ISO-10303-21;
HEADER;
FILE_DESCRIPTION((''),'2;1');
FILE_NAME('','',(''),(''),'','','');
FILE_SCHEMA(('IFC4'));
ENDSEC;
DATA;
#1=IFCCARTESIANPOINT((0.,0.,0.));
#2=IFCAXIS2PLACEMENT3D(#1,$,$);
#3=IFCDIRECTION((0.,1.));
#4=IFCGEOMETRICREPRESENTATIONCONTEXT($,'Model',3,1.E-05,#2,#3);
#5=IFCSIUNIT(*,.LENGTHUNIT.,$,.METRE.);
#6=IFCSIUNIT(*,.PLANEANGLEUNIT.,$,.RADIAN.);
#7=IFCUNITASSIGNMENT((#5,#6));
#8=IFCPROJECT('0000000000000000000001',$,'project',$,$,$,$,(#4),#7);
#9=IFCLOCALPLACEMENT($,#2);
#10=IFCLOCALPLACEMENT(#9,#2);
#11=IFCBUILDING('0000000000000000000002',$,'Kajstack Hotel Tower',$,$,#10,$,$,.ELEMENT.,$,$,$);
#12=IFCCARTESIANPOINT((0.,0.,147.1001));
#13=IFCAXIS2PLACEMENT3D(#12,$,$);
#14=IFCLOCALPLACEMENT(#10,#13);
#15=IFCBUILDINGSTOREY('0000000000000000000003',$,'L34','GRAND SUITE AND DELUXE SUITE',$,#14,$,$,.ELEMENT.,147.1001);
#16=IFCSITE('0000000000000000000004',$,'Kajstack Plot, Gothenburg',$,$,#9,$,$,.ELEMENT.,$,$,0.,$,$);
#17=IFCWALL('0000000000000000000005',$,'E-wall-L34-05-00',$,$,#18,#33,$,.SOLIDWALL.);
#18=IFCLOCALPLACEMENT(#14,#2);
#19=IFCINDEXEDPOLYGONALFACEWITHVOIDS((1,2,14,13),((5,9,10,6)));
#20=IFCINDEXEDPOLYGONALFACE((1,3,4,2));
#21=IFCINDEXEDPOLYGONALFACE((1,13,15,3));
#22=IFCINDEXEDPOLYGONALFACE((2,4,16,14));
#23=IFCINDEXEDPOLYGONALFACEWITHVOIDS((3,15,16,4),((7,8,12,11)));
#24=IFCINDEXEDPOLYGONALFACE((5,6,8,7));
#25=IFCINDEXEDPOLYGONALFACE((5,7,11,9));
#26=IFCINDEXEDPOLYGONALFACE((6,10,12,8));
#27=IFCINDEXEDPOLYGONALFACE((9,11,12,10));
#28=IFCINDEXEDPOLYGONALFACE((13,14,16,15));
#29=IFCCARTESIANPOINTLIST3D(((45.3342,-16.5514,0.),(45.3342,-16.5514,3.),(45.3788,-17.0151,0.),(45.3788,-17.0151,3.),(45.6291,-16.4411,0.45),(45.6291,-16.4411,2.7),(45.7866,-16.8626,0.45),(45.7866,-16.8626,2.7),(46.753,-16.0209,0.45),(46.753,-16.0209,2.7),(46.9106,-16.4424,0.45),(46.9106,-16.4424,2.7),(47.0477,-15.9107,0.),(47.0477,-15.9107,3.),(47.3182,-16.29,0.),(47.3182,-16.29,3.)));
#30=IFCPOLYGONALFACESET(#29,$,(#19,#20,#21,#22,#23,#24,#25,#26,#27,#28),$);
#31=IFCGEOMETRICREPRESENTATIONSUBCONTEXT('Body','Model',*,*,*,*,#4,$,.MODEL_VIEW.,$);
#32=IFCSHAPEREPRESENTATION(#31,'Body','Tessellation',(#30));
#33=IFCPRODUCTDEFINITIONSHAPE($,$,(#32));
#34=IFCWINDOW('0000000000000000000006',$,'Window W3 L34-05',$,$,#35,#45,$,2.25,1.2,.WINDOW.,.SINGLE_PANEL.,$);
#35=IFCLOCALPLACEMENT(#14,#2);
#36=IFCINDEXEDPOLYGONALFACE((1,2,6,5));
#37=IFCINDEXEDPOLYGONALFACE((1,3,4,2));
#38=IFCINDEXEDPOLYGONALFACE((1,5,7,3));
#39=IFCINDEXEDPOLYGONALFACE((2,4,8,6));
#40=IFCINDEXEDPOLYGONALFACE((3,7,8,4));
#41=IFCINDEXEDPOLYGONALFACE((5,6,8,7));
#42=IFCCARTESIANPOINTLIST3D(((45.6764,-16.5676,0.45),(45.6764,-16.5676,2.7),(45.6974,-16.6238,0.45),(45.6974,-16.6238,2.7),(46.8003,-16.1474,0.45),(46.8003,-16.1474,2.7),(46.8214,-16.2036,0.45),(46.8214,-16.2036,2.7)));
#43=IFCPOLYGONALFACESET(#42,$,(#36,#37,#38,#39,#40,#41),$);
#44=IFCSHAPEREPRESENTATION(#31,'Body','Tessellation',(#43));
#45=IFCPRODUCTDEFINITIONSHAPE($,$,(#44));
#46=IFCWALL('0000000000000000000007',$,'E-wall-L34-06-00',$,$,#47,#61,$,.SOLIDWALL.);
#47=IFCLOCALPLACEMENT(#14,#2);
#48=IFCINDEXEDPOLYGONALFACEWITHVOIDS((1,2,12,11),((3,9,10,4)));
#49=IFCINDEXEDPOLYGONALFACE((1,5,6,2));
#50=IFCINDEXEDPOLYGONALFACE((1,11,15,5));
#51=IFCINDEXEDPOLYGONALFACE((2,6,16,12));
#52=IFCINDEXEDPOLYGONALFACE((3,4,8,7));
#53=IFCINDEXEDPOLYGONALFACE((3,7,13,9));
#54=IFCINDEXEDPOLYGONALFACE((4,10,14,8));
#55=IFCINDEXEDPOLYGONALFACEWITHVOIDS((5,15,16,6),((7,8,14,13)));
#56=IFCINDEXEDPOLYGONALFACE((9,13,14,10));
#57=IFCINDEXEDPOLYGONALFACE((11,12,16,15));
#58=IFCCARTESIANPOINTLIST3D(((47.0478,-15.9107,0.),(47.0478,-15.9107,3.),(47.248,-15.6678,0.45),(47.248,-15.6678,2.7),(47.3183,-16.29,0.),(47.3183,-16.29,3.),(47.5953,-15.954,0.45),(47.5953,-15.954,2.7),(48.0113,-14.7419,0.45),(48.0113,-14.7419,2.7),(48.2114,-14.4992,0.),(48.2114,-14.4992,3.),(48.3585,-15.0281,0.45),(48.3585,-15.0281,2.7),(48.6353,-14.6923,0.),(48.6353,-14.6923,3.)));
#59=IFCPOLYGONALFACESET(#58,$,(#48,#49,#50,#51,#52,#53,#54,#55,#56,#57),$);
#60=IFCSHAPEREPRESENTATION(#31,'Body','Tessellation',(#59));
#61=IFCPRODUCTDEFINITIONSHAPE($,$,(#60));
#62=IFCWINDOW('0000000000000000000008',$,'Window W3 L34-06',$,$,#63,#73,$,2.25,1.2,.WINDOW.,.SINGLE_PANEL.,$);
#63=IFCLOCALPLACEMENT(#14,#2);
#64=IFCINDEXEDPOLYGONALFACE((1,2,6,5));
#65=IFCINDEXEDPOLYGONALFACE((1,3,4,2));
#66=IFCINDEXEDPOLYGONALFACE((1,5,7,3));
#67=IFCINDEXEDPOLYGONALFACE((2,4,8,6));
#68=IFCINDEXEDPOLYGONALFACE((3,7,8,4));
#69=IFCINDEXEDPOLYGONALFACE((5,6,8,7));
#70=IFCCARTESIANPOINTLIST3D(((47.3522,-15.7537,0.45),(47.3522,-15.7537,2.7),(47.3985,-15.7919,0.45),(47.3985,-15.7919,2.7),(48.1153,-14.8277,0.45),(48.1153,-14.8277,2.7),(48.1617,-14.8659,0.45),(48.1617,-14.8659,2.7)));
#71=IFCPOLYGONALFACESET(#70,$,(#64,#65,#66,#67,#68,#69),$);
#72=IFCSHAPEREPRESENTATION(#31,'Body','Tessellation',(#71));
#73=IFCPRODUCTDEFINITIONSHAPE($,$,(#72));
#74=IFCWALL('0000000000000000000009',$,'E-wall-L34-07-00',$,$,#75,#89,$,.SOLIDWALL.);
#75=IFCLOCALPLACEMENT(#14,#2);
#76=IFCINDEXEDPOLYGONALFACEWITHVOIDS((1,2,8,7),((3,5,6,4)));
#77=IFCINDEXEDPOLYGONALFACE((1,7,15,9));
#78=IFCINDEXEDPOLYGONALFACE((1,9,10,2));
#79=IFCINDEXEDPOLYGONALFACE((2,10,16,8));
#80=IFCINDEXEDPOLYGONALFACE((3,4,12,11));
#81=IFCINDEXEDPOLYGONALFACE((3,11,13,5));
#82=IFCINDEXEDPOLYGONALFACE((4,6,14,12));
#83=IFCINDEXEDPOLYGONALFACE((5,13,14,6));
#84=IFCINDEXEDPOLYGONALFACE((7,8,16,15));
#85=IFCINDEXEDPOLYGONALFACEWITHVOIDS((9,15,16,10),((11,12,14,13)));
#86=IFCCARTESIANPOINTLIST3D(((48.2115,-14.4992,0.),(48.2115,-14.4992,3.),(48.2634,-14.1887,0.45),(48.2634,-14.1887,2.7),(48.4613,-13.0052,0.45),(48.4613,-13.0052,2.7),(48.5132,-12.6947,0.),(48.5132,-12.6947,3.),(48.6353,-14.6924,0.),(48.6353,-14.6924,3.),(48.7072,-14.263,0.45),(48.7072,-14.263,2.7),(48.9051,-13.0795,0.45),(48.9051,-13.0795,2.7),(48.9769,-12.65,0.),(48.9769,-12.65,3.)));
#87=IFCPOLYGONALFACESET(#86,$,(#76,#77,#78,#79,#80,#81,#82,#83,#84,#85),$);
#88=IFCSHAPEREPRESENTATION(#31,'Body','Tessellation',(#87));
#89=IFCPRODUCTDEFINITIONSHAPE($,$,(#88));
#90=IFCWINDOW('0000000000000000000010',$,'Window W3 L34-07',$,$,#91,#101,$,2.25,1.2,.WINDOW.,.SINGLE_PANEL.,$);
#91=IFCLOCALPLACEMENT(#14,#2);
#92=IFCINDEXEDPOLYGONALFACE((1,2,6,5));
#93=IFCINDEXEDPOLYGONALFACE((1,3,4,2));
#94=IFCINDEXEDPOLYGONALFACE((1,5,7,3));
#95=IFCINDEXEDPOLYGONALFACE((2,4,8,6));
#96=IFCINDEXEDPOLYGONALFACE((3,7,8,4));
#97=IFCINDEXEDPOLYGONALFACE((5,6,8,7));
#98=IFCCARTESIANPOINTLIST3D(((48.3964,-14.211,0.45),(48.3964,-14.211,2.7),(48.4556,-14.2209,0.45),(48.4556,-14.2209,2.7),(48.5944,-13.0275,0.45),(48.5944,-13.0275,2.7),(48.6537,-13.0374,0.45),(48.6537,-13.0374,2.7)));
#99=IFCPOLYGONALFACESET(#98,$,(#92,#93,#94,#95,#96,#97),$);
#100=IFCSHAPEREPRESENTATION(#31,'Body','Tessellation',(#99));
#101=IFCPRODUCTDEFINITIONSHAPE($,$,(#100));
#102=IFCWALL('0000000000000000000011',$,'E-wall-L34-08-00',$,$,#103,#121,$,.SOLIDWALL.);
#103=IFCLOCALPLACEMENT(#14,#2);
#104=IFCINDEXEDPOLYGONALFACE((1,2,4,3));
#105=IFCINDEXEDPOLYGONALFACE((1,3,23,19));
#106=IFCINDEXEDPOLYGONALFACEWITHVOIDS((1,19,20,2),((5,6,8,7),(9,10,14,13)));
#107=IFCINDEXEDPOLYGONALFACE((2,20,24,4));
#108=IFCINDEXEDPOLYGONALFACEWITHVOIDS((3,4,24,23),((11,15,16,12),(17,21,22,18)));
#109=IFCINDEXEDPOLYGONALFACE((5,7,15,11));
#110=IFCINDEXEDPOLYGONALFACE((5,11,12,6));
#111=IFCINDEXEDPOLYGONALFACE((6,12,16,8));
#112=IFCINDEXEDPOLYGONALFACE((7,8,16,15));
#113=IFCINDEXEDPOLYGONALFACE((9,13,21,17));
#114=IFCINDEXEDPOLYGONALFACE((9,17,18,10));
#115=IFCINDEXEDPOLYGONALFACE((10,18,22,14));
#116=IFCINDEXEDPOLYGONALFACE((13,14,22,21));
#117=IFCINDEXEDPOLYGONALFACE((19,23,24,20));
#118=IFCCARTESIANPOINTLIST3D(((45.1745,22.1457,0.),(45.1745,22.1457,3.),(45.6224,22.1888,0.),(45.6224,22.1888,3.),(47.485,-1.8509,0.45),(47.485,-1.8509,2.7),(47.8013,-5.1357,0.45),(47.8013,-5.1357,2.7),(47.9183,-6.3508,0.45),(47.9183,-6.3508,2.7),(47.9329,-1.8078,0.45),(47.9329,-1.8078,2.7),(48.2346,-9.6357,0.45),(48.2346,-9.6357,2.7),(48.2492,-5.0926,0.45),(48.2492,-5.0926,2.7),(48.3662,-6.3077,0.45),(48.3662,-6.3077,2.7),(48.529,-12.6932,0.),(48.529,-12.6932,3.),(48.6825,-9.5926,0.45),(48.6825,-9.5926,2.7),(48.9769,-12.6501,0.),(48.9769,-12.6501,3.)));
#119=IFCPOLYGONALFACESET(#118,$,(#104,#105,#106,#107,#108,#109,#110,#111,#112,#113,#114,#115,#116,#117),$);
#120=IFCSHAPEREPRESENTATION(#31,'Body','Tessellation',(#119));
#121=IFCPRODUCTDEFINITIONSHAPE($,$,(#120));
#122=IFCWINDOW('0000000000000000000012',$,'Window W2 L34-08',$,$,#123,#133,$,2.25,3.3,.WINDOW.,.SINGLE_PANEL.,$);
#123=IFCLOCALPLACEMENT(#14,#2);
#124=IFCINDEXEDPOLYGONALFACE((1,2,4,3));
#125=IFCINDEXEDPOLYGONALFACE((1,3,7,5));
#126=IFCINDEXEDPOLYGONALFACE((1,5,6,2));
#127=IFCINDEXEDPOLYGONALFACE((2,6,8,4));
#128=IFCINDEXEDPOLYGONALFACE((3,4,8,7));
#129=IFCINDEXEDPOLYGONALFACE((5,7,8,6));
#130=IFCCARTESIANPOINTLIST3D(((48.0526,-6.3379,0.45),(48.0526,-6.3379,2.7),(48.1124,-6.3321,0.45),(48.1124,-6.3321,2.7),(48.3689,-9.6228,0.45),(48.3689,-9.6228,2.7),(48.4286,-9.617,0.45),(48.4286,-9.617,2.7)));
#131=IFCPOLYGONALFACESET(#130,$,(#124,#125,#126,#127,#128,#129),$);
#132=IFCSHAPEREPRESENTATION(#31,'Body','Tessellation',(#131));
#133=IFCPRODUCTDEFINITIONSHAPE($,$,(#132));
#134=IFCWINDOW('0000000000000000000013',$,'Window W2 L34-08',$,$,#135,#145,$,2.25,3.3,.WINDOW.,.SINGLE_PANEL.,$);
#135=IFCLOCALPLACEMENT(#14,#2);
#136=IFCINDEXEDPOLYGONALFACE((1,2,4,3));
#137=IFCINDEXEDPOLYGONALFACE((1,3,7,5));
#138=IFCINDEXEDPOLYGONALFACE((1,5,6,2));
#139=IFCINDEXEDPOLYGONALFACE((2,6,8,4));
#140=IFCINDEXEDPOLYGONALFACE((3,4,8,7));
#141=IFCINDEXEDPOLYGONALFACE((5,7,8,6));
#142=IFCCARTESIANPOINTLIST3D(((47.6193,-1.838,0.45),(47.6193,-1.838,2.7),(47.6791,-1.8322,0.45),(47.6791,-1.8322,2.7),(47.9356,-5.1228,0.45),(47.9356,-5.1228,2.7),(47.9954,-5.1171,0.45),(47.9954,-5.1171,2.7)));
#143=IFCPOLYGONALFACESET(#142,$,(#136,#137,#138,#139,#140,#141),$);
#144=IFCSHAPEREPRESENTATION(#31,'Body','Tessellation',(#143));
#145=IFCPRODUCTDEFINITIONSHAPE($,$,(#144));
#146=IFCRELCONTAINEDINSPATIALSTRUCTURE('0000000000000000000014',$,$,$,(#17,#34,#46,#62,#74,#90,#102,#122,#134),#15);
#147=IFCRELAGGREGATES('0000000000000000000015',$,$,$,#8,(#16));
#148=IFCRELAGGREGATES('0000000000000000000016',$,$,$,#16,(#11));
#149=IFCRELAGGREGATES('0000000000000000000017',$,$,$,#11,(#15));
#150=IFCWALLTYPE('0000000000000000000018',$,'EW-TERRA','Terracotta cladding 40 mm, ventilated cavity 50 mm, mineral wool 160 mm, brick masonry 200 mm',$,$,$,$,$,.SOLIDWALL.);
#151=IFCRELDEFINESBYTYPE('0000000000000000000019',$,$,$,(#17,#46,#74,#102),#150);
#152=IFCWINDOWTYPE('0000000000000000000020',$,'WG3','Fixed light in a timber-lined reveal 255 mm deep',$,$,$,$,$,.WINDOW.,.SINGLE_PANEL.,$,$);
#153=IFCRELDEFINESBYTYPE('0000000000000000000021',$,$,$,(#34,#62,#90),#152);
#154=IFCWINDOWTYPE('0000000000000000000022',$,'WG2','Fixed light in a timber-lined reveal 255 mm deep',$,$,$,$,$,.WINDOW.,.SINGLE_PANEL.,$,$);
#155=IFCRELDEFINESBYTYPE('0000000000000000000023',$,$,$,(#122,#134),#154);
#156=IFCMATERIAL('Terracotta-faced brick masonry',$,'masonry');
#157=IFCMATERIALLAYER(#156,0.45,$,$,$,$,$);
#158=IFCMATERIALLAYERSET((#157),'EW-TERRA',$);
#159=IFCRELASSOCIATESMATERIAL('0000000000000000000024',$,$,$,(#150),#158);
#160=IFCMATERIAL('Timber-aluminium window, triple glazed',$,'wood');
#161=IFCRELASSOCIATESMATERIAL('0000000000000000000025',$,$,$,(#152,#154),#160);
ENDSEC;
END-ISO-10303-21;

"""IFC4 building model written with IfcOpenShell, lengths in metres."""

from ifc_helpers import new_model, si_unit, direction, frame, frame_2d, origin, place, context, subcontext, project, spatial, polyline, rectangle, outline, extrude, material, layer, layer_set, type_object, element, fill, save


model = new_model("IFC4")

# Units and contexts
model_context = context("Model", 3, precision=1e-05, world=origin(), true_north=direction((0.0, 1.0)))
body_context = subcontext(model_context, "Body", "Model", "MODEL_VIEW")
ifc_project = project(units=[si_unit("LENGTHUNIT", "METRE"), si_unit("PLANEANGLEUNIT", "RADIAN")], contexts=[model_context])

# Site, building, storey
site_placement = place(None, origin())
site = spatial("IfcSite", under=ifc_project, at=site_placement, Name="Kajstack Plot, Gothenburg", CompositionType="ELEMENT", RefElevation=0.0)
building_placement = place(site_placement, origin())
building = spatial("IfcBuilding", under=site, at=building_placement, Name="Kajstack Hotel Tower", CompositionType="ELEMENT")
storey_placement = place(building_placement, frame((0.0, 0.0, 147.1001)))
storey = spatial("IfcBuildingStorey", under=building, at=storey_placement, Name="L34", Description="GRAND SUITE AND DELUXE SUITE", CompositionType="ELEMENT", Elevation=147.1001)

# Walls, openings, windows
ifc_material_1 = material(Name="Terracotta-faced brick masonry", Category="masonry")
ifc_layer_1 = layer(ifc_material_1, 0.45)
ifc_layer_set_1 = layer_set([ifc_layer_1], Name="EW-TERRA")
wall_type_1 = type_object("IfcWallType", Name="EW-TERRA", Description="Terracotta cladding 40 mm, ventilated cavity 50 mm, mineral wool 160 mm, brick masonry 200 mm", PredefinedType="SOLIDWALL", material=ifc_layer_set_1)
wall_1_placement = place(storey_placement, frame((45.3, -16.8044, 0.0), z_axis=(0.0, 0.0, 1.0), x_axis=(0.936678, 0.350193, 0.0)))
wall_1 = element("IfcWall", 1, at=wall_1_placement, inside=storey, type_object=wall_type_1, Name="E-wall-L34-05-00", PredefinedType="SOLIDWALL", context=body_context, shape_type="SweptSolid", body=[
    extrude(outline(polyline([(0.0, -0.2249), (2.0706, -0.2249), (1.95, 0.2251), (0.1206, 0.2251), (0.0, -0.2249)])), origin(), (0.0, 0.0, 1.0), 3.0),
])
opening_1_placement = place(wall_1_placement, frame((0.4353, 0.0, 0.45)))
opening_1 = element("IfcOpeningElement", 2, at=opening_1_placement, cuts=wall_1, PredefinedType="OPENING", context=body_context, shape_type="SweptSolid", body=[
    extrude(rectangle(XDim=1.2, YDim=2.25, at=frame_2d((0.6001, 1.125))), frame((0.0, 0.2349, 0.0), z_axis=(0.0, -1.0, 0.0), x_axis=(1.0, 0.0, 0.0)), (0.0, 0.0, 1.0), 0.47),
])
ifc_material_2 = material(Name="Timber-aluminium window, triple glazed", Category="wood")
window_type_1 = type_object("IfcWindowType", Name="WG3", Description="Fixed light in a timber-lined reveal 255 mm deep", PartitioningType="SINGLE_PANEL", PredefinedType="WINDOW", material=ifc_material_2)
window_1_placement = place(opening_1_placement, origin())
window_1 = element("IfcWindow", 3, at=window_1_placement, inside=storey, type_object=window_type_1, Name="Window W3 L34-05", OverallHeight=2.25, OverallWidth=1.2, PartitioningType="SINGLE_PANEL", PredefinedType="WINDOW", context=body_context, shape_type="SweptSolid", body=[
    extrude(rectangle(XDim=1.2, YDim=2.25, at=frame_2d((0.6001, 1.125))), frame((0.0, 0.0901, 0.0), z_axis=(0.0, -1.0, 0.0), x_axis=(1.0, 0.0, 0.0)), (0.0, 0.0, 1.0), 0.0601),
])
fill(opening_1, window_1)
wall_2_placement = place(storey_placement, frame((47.1448, -16.147, 0.0), z_axis=(0.0, 0.0, 1.0), x_axis=(0.635988, 0.771699, 0.0)))
wall_2 = element("IfcWall", 4, at=wall_2_placement, inside=storey, type_object=wall_type_1, Name="E-wall-L34-06-00", PredefinedType="SOLIDWALL", context=body_context, shape_type="SweptSolid", body=[
    extrude(outline(polyline([(0.0, -0.2249), (2.0706, -0.2251), (1.95, 0.2249), (0.1206, 0.2251), (0.0, -0.2249)])), origin(), (0.0, 0.0, 1.0), 3.0),
])
opening_2_placement = place(wall_2_placement, frame((0.4353, 0.0, 0.45)))
opening_2 = element("IfcOpeningElement", 5, at=opening_2_placement, cuts=wall_2, PredefinedType="OPENING", context=body_context, shape_type="SweptSolid", body=[
    extrude(rectangle(XDim=1.2, YDim=2.25, at=frame_2d((0.6001, 1.125))), frame((0.0, 0.2349, 0.0), z_axis=(0.0, -1.0, 0.0), x_axis=(1.0, 0.0, 0.0)), (0.0, 0.0, 1.0), 0.47),
])
window_2_placement = place(opening_2_placement, origin())
window_2 = element("IfcWindow", 6, at=window_2_placement, inside=storey, type_object=window_type_1, Name="Window W3 L34-06", OverallHeight=2.25, OverallWidth=1.2, PartitioningType="SINGLE_PANEL", PredefinedType="WINDOW", context=body_context, shape_type="SweptSolid", body=[
    extrude(rectangle(XDim=1.2, YDim=2.25, at=frame_2d((0.6001, 1.125))), frame((0.0, 0.0901, 0.0), z_axis=(0.0, -1.0, 0.0), x_axis=(1.0, 0.0, 0.0)), (0.0, 0.0, 1.0), 0.0601),
])
fill(opening_2, window_2)
wall_3_placement = place(storey_placement, frame((48.4133, -14.6553, 0.0), z_axis=(0.0, 0.0, 1.0), x_axis=(0.165068, 0.986282, 0.0)))
wall_3 = element("IfcWall", 7, at=wall_3_placement, inside=storey, type_object=wall_type_1, Name="E-wall-L34-07-00", PredefinedType="SOLIDWALL", context=body_context, shape_type="SweptSolid", body=[
    extrude(outline(polyline([(0.0, -0.2251), (2.0708, -0.2249), (1.9502, 0.2251), (0.1206, 0.2249), (0.0, -0.2251)])), origin(), (0.0, 0.0, 1.0), 3.0),
])
opening_3_placement = place(wall_3_placement, frame((0.4353, 0.0, 0.45)))
opening_3 = element("IfcOpeningElement", 8, at=opening_3_placement, cuts=wall_3, PredefinedType="OPENING", context=body_context, shape_type="SweptSolid", body=[
    extrude(rectangle(XDim=1.2, YDim=2.25, at=frame_2d((0.6001, 1.125))), frame((0.0, 0.2349, 0.0), z_axis=(0.0, -1.0, 0.0), x_axis=(1.0, 0.0, 0.0)), (0.0, 0.0, 1.0), 0.47),
])
window_3_placement = place(opening_3_placement, origin())
window_3 = element("IfcWindow", 9, at=window_3_placement, inside=storey, type_object=window_type_1, Name="Window W3 L34-07", OverallHeight=2.25, OverallWidth=1.2, PartitioningType="SINGLE_PANEL", PredefinedType="WINDOW", context=body_context, shape_type="SweptSolid", body=[
    extrude(rectangle(XDim=1.2, YDim=2.25, at=frame_2d((0.6001, 1.125))), frame((0.0, 0.0901, 0.0), z_axis=(0.0, -1.0, 0.0), x_axis=(1.0, 0.0, 0.0)), (0.0, 0.0, 1.0), 0.0601),
])
fill(opening_3, window_3)

# Wall, openings, windows
wall_4_placement = place(storey_placement, frame((48.7529, -12.6716, 0.0), z_axis=(0.0, 0.0, 1.0), x_axis=(-0.095843, 0.995396, 0.0)))
wall_4 = element("IfcWall", 10, at=wall_4_placement, inside=storey, type_object=wall_type_1, Name="E-wall-L34-08-00", PredefinedType="SOLIDWALL", context=body_context, shape_type="SweptSolid", body=[
    extrude(rectangle(XDim=35.0, YDim=0.45, at=frame_2d((17.5, 0.0))), origin(), (0.0, 0.0, 1.0), 3.0),
])
opening_4_placement = place(wall_4_placement, frame((3.0718, 0.0, 0.45)))
opening_4 = element("IfcOpeningElement", 11, at=opening_4_placement, cuts=wall_4, PredefinedType="OPENING", context=body_context, shape_type="SweptSolid", body=[
    extrude(rectangle(XDim=3.3, YDim=2.25, at=frame_2d((1.6499, 1.125))), frame((0.0, 0.2349, 0.0), z_axis=(0.0, -1.0, 0.0), x_axis=(1.0, 0.0, 0.0)), (0.0, 0.0, 1.0), 0.47),
])
opening_5_placement = place(wall_4_placement, frame((7.5925, 0.0, 0.45)))
opening_5 = element("IfcOpeningElement", 12, at=opening_5_placement, cuts=wall_4, PredefinedType="OPENING", context=body_context, shape_type="SweptSolid", body=[
    extrude(rectangle(XDim=3.3, YDim=2.25, at=frame_2d((1.6499, 1.125))), frame((0.0, 0.2349, 0.0), z_axis=(0.0, -1.0, 0.0), x_axis=(1.0, 0.0, 0.0)), (0.0, 0.0, 1.0), 0.47),
])
window_type_2 = type_object("IfcWindowType", Name="WG2", Description="Fixed light in a timber-lined reveal 255 mm deep", PartitioningType="SINGLE_PANEL", PredefinedType="WINDOW", material=ifc_material_2)
window_4_placement = place(opening_4_placement, origin())
window_4 = element("IfcWindow", 13, at=window_4_placement, inside=storey, type_object=window_type_2, Name="Window W2 L34-08", OverallHeight=2.25, OverallWidth=3.3, PartitioningType="SINGLE_PANEL", PredefinedType="WINDOW", context=body_context, shape_type="SweptSolid", body=[
    extrude(rectangle(XDim=3.3, YDim=2.25, at=frame_2d((1.6499, 1.125))), frame((0.0, 0.0901, 0.0), z_axis=(0.0, -1.0, 0.0), x_axis=(1.0, 0.0, 0.0)), (0.0, 0.0, 1.0), 0.0601),
])
fill(opening_4, window_4)
window_5_placement = place(opening_5_placement, origin())
window_5 = element("IfcWindow", 14, at=window_5_placement, inside=storey, type_object=window_type_2, Name="Window W2 L34-08", OverallHeight=2.25, OverallWidth=3.3, PartitioningType="SINGLE_PANEL", PredefinedType="WINDOW", context=body_context, shape_type="SweptSolid", body=[
    extrude(rectangle(XDim=3.3, YDim=2.25, at=frame_2d((1.6499, 1.125))), frame((0.0, 0.0901, 0.0), z_axis=(0.0, -1.0, 0.0), x_axis=(1.0, 0.0, 0.0)), (0.0, 0.0, 1.0), 0.0601),
])
fill(opening_5, window_5)

save(model, "model.ifc")
